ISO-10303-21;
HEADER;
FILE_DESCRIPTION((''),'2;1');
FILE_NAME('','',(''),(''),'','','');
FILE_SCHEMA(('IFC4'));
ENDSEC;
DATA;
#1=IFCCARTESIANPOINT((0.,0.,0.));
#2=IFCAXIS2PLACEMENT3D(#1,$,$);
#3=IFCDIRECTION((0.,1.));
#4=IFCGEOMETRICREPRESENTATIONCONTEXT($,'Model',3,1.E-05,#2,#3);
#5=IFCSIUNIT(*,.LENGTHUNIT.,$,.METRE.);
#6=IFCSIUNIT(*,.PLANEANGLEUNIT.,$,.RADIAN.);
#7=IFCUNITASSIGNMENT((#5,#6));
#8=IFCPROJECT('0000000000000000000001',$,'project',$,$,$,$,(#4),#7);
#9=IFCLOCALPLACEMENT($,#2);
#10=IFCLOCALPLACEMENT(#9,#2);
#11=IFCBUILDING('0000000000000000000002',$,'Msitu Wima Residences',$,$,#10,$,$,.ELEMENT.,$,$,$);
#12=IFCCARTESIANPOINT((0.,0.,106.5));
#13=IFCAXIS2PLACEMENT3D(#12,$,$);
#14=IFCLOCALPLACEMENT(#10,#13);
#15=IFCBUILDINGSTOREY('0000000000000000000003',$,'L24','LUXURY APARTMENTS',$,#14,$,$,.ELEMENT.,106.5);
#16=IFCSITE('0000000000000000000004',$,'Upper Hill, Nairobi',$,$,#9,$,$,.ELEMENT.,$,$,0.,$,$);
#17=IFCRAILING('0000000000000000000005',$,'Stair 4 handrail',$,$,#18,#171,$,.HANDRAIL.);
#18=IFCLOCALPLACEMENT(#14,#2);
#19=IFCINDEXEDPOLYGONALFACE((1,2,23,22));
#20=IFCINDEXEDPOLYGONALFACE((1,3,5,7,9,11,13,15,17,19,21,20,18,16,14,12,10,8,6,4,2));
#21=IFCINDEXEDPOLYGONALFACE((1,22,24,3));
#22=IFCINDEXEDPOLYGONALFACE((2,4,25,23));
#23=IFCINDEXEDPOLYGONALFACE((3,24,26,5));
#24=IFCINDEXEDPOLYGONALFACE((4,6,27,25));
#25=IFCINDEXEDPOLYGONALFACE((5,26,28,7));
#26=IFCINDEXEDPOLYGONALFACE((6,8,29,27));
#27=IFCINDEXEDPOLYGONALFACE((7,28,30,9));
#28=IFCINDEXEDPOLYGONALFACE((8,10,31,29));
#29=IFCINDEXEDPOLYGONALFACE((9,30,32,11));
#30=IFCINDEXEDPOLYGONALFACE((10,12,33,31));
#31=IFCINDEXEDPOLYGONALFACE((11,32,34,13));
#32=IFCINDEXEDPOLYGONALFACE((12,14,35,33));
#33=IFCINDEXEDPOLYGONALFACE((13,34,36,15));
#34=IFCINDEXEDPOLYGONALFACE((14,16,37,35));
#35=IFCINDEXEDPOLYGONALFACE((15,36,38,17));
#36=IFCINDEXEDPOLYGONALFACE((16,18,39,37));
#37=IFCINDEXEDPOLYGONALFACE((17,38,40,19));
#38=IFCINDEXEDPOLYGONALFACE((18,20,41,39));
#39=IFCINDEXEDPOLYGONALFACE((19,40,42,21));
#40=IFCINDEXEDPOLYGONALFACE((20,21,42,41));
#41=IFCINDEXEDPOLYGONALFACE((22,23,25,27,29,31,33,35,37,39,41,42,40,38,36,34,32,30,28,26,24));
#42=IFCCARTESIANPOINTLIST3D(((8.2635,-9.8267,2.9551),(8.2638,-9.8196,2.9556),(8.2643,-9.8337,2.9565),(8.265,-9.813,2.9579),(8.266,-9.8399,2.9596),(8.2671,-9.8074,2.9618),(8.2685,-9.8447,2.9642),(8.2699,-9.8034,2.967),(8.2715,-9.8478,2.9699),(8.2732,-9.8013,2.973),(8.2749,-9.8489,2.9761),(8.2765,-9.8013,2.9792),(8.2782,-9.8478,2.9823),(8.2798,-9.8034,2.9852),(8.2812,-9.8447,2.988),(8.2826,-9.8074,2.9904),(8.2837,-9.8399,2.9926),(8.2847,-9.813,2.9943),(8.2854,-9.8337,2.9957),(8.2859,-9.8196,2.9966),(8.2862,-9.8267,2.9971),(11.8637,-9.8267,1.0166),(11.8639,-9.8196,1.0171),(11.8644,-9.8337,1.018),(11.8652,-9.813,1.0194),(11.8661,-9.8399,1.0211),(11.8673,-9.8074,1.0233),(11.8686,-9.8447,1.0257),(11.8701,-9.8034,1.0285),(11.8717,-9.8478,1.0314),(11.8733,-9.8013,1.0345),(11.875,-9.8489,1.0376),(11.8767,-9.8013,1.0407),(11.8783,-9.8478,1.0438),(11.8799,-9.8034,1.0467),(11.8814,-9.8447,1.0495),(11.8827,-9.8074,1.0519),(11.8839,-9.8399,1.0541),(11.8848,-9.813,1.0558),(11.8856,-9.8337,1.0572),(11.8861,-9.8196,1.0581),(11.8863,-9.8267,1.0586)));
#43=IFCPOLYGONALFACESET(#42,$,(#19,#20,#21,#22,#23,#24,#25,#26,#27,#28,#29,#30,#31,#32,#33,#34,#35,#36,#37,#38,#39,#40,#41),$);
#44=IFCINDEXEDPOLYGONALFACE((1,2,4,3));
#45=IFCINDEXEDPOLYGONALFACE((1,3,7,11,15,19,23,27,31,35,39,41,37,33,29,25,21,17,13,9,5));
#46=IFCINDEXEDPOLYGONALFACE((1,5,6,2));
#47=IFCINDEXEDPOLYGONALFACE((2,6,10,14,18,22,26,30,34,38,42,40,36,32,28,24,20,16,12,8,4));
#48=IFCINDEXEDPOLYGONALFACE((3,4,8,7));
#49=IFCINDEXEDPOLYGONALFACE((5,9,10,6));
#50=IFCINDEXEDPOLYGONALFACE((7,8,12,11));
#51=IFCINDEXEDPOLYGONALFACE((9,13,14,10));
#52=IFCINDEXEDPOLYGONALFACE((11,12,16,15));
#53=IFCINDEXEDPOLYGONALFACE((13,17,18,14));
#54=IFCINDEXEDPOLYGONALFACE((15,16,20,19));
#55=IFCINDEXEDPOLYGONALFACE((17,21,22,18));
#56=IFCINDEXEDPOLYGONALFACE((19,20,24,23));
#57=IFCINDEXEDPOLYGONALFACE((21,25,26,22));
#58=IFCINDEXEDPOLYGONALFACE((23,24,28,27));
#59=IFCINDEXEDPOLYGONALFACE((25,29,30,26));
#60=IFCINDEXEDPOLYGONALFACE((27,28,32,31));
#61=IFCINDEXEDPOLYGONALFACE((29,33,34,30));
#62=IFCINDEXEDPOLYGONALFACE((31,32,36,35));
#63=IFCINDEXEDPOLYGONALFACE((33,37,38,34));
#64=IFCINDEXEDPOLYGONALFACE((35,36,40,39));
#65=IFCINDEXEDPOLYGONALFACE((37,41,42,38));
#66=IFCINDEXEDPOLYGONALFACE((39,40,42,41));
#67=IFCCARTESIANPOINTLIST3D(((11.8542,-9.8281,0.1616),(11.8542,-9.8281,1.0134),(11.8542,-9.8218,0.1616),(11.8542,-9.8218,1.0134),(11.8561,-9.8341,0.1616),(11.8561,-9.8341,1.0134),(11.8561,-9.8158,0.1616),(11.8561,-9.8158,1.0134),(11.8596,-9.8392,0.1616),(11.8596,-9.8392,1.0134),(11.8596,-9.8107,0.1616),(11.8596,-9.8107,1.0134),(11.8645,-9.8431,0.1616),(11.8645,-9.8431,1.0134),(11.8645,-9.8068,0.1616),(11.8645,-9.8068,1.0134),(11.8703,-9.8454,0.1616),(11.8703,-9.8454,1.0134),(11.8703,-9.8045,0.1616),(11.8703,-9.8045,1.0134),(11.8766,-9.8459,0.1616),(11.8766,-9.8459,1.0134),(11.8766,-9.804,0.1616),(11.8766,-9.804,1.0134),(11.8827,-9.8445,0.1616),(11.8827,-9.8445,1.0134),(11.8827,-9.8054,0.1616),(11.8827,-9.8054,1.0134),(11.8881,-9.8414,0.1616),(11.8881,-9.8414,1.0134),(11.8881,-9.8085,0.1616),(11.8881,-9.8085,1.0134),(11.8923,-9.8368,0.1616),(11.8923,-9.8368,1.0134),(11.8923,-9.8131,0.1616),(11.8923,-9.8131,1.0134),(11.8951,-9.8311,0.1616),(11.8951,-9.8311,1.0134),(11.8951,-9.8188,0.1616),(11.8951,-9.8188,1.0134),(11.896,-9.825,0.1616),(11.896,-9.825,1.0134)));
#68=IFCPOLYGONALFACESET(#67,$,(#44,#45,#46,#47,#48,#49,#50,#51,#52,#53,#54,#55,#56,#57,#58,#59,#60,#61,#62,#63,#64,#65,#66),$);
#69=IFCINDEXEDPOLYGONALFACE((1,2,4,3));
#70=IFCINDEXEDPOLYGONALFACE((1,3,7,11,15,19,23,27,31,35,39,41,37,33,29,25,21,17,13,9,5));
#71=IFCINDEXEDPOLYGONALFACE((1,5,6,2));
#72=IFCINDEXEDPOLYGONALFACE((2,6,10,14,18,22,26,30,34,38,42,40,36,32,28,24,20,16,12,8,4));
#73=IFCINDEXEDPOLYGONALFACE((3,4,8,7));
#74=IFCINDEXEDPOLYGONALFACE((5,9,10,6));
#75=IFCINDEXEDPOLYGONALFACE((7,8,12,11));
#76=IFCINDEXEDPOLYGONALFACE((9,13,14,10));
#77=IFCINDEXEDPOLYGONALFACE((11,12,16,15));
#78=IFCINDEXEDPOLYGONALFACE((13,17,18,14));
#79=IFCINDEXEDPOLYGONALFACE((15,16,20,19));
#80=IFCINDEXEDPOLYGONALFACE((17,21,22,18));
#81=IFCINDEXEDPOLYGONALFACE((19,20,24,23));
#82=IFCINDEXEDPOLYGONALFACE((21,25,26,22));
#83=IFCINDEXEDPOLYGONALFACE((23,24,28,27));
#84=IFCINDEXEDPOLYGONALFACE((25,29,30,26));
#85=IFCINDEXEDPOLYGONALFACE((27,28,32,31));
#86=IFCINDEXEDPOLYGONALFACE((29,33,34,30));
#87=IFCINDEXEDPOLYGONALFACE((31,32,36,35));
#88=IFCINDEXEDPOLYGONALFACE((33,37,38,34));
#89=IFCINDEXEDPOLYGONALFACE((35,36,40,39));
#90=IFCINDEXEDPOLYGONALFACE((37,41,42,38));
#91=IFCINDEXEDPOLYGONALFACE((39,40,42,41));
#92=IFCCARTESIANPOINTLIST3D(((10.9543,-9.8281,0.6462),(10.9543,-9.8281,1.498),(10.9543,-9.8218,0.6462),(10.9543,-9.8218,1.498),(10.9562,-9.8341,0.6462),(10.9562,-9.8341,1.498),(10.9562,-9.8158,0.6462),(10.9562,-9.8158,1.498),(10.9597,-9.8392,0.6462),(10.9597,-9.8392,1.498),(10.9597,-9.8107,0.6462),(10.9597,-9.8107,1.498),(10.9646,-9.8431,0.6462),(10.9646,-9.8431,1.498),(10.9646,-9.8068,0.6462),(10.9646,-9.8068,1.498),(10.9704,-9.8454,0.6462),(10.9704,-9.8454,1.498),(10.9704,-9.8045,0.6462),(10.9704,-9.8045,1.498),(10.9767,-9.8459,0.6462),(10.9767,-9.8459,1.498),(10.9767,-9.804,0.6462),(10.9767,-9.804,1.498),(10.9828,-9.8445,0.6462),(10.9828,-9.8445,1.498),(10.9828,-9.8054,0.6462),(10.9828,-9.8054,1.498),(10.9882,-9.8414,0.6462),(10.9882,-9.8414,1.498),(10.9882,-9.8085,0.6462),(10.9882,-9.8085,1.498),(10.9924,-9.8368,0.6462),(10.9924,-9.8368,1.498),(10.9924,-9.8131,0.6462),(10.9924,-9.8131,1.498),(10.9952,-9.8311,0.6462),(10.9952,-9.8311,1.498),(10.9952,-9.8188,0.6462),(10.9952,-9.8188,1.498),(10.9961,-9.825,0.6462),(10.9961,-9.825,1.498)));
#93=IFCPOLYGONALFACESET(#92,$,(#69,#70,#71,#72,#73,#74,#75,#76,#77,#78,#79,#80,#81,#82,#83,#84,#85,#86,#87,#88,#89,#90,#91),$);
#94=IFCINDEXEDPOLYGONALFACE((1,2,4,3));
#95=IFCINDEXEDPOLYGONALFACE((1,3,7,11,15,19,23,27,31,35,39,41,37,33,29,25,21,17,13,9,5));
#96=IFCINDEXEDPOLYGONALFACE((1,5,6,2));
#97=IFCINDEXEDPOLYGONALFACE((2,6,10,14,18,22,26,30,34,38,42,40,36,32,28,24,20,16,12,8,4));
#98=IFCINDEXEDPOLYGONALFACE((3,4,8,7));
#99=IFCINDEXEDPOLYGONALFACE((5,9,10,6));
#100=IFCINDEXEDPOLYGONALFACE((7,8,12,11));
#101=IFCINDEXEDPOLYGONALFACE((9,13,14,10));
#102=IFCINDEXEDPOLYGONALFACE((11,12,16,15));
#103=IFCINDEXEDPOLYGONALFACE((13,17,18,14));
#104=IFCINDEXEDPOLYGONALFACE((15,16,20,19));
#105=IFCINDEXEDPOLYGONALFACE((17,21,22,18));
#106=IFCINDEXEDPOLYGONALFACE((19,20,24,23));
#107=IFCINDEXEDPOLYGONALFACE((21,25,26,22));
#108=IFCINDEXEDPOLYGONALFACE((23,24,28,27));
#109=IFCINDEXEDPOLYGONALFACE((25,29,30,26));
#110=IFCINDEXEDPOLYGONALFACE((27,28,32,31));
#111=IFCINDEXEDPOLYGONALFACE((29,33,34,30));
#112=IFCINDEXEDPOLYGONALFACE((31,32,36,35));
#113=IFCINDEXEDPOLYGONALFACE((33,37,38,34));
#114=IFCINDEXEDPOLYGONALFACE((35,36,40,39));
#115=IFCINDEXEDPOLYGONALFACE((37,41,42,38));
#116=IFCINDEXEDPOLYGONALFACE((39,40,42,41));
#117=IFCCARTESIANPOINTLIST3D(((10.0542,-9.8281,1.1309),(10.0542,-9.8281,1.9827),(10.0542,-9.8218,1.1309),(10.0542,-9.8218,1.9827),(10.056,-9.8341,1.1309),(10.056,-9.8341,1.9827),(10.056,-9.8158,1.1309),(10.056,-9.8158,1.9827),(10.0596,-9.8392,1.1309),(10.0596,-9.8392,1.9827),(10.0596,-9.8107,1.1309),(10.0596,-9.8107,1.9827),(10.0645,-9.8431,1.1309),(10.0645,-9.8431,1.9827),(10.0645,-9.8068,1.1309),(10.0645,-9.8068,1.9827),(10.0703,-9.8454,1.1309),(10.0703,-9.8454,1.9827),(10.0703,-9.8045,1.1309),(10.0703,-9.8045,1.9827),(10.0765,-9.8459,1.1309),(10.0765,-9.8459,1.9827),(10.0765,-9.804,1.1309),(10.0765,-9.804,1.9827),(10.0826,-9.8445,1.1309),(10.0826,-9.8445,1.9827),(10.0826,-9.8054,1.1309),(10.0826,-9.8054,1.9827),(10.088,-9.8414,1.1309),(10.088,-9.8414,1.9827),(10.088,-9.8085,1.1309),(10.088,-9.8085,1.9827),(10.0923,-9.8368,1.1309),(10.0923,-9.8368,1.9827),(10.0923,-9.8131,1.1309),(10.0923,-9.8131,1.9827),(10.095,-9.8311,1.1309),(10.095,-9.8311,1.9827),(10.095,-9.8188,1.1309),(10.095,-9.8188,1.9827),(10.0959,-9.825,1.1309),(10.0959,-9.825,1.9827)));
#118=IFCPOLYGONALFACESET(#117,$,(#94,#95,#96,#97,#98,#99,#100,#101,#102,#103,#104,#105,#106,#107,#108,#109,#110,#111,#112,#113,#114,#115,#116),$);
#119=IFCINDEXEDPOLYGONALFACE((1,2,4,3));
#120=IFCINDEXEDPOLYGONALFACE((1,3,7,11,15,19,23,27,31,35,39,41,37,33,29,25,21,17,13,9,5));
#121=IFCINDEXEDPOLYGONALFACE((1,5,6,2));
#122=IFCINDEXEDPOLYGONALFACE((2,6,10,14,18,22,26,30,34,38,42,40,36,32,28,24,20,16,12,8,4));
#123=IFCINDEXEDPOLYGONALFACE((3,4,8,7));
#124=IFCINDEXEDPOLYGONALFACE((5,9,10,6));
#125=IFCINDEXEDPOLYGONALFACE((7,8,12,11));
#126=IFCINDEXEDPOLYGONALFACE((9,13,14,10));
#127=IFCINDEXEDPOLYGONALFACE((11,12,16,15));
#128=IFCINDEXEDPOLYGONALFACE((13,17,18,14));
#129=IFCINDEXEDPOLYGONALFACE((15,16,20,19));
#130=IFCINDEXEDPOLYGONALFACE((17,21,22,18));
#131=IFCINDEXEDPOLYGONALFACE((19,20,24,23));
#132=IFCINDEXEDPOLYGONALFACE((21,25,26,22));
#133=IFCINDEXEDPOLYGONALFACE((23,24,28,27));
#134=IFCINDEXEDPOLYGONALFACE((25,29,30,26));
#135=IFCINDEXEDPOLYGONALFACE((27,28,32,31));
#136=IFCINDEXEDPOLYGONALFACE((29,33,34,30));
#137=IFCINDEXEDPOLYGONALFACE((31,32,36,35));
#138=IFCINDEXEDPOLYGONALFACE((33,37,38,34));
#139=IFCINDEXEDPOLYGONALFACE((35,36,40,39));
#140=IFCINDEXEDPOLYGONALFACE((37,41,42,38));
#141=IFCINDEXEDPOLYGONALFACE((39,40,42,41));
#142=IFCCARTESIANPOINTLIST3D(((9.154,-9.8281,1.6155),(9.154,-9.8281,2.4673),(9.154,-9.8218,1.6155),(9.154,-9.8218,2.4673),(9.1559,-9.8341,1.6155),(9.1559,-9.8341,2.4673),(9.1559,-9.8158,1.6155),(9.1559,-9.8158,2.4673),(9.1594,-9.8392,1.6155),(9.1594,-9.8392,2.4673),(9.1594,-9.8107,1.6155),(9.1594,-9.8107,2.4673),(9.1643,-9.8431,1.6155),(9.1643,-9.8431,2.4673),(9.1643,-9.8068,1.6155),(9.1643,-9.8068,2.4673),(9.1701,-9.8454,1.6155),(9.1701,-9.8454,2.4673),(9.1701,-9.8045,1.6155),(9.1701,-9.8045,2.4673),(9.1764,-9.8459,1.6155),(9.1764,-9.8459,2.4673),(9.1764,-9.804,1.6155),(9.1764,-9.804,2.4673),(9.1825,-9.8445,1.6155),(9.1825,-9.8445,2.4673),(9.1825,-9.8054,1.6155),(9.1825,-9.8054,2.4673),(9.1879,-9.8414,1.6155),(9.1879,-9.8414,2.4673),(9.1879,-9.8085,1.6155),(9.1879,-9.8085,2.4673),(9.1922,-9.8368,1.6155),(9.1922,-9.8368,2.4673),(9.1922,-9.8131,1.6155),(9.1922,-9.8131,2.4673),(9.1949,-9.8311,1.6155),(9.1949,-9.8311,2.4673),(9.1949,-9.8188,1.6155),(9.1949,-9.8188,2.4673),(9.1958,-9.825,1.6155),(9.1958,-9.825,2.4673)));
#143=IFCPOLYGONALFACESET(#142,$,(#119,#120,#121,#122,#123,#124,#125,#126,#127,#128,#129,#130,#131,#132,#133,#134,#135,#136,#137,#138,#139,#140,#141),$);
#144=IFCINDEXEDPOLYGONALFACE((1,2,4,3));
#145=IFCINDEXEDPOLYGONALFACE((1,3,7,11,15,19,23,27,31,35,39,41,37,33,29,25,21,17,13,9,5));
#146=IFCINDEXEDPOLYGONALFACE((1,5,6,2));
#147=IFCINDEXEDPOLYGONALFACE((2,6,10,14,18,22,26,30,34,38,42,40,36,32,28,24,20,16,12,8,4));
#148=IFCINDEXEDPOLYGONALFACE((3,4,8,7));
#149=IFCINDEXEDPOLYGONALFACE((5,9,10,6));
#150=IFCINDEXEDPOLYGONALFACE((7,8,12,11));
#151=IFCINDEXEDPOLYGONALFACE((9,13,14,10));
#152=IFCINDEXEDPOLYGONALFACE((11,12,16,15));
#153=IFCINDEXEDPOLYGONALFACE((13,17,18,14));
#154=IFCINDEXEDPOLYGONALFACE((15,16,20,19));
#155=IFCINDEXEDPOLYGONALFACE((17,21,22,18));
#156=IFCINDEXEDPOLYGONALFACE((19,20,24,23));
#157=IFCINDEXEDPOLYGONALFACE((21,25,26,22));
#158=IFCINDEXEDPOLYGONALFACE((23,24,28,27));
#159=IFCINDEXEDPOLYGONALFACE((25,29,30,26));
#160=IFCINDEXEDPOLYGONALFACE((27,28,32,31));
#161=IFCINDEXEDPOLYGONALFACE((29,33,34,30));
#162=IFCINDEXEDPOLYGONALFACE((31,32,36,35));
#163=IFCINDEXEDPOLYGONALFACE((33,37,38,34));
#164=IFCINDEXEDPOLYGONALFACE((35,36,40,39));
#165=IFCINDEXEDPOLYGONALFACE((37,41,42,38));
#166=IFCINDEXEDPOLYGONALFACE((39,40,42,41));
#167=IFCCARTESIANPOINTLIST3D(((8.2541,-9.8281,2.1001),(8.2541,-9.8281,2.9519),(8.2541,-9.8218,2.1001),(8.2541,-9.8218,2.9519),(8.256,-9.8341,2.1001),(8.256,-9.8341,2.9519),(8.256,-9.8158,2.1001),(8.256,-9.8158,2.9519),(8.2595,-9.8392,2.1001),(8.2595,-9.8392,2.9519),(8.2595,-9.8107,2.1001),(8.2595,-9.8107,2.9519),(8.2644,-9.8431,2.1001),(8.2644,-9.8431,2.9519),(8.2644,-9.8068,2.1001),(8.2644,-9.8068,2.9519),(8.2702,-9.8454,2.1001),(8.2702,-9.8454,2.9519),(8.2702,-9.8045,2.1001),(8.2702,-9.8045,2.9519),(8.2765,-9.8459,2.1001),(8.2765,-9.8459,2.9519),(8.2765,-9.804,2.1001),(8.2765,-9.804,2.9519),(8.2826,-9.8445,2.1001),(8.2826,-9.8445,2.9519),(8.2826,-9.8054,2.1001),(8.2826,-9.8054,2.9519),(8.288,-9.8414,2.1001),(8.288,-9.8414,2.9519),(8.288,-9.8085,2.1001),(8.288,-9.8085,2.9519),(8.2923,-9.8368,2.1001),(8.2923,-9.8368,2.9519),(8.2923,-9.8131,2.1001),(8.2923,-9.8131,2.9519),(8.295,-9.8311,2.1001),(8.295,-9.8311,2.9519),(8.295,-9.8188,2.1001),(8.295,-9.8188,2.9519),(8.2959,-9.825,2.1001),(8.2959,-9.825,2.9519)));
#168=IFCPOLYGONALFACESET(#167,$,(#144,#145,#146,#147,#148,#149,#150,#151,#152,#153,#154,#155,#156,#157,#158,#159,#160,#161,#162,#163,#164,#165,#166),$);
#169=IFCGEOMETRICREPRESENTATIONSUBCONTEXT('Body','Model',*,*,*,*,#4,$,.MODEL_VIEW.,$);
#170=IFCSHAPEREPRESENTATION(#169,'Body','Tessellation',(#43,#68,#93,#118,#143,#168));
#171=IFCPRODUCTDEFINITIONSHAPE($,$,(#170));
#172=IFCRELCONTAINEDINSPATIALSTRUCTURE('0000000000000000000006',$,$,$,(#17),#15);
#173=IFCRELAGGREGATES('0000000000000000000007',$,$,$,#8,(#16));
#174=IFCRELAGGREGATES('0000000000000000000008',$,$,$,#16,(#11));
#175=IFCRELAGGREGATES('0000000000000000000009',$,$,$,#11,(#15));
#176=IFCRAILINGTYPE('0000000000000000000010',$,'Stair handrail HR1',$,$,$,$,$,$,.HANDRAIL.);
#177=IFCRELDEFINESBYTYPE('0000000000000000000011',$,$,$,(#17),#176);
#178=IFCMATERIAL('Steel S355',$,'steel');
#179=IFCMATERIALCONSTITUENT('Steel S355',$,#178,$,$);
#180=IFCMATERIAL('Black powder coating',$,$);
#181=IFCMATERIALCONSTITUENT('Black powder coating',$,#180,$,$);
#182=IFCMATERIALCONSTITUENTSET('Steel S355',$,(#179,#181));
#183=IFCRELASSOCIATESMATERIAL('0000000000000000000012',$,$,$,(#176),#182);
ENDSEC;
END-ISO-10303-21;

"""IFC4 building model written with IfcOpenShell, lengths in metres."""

from ifc_helpers import new_model, si_unit, direction, frame, origin, origin_2d, place, context, subcontext, project, spatial, circle, extrude, material, constituent, constituent_set, type_object, element, save


model = new_model("IFC4")

# Units and contexts
model_context = context("Model", 3, precision=1e-05, world=origin(), true_north=direction((0.0, 1.0)))
body_context = subcontext(model_context, "Body", "Model", "MODEL_VIEW")
ifc_project = project(units=[si_unit("LENGTHUNIT", "METRE"), si_unit("PLANEANGLEUNIT", "RADIAN")], contexts=[model_context])

# Site, building, storey
site_placement = place(None, origin())
site = spatial("IfcSite", under=ifc_project, at=site_placement, Name="Upper Hill, Nairobi", CompositionType="ELEMENT", RefElevation=0.0)
building_placement = place(site_placement, origin())
building = spatial("IfcBuilding", under=site, at=building_placement, Name="Msitu Wima Residences", CompositionType="ELEMENT")
storey_placement = place(building_placement, frame((0.0, 0.0, 106.5)))
storey = spatial("IfcBuildingStorey", under=building, at=storey_placement, Name="L24", Description="LUXURY APARTMENTS", CompositionType="ELEMENT", Elevation=106.5)

# Railing
ifc_material_1 = material(Name="Steel S355", Category="steel")
ifc_constituent_1 = constituent(ifc_material_1, Name="Steel S355")
ifc_material_2 = material(Name="Black powder coating")
ifc_constituent_2 = constituent(ifc_material_2, Name="Black powder coating")
ifc_constituent_set = constituent_set(constituents=[ifc_constituent_1, ifc_constituent_2], Name="Steel S355")
railing_type = type_object("IfcRailingType", Name="Stair handrail HR1", PredefinedType="HANDRAIL", material=ifc_constituent_set)
for number, where, name in (
    (1, (11.875, -9.825, 0.1616), "Stair 4 handrail"),
):
    element("IfcRailing", number, at=place(storey_placement, frame(where)), inside=storey, type_object=railing_type, Name=name, PredefinedType="HANDRAIL", context=body_context, shape_type="SweptSolid", body=[
        extrude(circle(Radius=0.0239, at=origin_2d()), frame((0.0, 0.0, 0.876), z_axis=(-0.880475, 0.0, 0.474093), x_axis=(0.0, -1.0, 0.0)), (0.0, 0.0, 1.0), 4.0889),
        extrude(circle(Radius=0.021, at=origin_2d()), origin(), (0.0, 0.0, 1.0), 0.8518),
        extrude(circle(Radius=0.021, at=origin_2d()), frame((-0.8999, 0.0, 0.4846)), (0.0, 0.0, 1.0), 0.8518),
        extrude(circle(Radius=0.021, at=origin_2d()), frame((-1.8, 0.0, 0.9692)), (0.0, 0.0, 1.0), 0.8518),
        extrude(circle(Radius=0.021, at=origin_2d()), frame((-2.7002, 0.0, 1.4539)), (0.0, 0.0, 1.0), 0.8518),
        extrude(circle(Radius=0.021, at=origin_2d()), frame((-3.6001, 0.0, 1.9385)), (0.0, 0.0, 1.0), 0.8518),
    ])

save(model, "model.ifc")
